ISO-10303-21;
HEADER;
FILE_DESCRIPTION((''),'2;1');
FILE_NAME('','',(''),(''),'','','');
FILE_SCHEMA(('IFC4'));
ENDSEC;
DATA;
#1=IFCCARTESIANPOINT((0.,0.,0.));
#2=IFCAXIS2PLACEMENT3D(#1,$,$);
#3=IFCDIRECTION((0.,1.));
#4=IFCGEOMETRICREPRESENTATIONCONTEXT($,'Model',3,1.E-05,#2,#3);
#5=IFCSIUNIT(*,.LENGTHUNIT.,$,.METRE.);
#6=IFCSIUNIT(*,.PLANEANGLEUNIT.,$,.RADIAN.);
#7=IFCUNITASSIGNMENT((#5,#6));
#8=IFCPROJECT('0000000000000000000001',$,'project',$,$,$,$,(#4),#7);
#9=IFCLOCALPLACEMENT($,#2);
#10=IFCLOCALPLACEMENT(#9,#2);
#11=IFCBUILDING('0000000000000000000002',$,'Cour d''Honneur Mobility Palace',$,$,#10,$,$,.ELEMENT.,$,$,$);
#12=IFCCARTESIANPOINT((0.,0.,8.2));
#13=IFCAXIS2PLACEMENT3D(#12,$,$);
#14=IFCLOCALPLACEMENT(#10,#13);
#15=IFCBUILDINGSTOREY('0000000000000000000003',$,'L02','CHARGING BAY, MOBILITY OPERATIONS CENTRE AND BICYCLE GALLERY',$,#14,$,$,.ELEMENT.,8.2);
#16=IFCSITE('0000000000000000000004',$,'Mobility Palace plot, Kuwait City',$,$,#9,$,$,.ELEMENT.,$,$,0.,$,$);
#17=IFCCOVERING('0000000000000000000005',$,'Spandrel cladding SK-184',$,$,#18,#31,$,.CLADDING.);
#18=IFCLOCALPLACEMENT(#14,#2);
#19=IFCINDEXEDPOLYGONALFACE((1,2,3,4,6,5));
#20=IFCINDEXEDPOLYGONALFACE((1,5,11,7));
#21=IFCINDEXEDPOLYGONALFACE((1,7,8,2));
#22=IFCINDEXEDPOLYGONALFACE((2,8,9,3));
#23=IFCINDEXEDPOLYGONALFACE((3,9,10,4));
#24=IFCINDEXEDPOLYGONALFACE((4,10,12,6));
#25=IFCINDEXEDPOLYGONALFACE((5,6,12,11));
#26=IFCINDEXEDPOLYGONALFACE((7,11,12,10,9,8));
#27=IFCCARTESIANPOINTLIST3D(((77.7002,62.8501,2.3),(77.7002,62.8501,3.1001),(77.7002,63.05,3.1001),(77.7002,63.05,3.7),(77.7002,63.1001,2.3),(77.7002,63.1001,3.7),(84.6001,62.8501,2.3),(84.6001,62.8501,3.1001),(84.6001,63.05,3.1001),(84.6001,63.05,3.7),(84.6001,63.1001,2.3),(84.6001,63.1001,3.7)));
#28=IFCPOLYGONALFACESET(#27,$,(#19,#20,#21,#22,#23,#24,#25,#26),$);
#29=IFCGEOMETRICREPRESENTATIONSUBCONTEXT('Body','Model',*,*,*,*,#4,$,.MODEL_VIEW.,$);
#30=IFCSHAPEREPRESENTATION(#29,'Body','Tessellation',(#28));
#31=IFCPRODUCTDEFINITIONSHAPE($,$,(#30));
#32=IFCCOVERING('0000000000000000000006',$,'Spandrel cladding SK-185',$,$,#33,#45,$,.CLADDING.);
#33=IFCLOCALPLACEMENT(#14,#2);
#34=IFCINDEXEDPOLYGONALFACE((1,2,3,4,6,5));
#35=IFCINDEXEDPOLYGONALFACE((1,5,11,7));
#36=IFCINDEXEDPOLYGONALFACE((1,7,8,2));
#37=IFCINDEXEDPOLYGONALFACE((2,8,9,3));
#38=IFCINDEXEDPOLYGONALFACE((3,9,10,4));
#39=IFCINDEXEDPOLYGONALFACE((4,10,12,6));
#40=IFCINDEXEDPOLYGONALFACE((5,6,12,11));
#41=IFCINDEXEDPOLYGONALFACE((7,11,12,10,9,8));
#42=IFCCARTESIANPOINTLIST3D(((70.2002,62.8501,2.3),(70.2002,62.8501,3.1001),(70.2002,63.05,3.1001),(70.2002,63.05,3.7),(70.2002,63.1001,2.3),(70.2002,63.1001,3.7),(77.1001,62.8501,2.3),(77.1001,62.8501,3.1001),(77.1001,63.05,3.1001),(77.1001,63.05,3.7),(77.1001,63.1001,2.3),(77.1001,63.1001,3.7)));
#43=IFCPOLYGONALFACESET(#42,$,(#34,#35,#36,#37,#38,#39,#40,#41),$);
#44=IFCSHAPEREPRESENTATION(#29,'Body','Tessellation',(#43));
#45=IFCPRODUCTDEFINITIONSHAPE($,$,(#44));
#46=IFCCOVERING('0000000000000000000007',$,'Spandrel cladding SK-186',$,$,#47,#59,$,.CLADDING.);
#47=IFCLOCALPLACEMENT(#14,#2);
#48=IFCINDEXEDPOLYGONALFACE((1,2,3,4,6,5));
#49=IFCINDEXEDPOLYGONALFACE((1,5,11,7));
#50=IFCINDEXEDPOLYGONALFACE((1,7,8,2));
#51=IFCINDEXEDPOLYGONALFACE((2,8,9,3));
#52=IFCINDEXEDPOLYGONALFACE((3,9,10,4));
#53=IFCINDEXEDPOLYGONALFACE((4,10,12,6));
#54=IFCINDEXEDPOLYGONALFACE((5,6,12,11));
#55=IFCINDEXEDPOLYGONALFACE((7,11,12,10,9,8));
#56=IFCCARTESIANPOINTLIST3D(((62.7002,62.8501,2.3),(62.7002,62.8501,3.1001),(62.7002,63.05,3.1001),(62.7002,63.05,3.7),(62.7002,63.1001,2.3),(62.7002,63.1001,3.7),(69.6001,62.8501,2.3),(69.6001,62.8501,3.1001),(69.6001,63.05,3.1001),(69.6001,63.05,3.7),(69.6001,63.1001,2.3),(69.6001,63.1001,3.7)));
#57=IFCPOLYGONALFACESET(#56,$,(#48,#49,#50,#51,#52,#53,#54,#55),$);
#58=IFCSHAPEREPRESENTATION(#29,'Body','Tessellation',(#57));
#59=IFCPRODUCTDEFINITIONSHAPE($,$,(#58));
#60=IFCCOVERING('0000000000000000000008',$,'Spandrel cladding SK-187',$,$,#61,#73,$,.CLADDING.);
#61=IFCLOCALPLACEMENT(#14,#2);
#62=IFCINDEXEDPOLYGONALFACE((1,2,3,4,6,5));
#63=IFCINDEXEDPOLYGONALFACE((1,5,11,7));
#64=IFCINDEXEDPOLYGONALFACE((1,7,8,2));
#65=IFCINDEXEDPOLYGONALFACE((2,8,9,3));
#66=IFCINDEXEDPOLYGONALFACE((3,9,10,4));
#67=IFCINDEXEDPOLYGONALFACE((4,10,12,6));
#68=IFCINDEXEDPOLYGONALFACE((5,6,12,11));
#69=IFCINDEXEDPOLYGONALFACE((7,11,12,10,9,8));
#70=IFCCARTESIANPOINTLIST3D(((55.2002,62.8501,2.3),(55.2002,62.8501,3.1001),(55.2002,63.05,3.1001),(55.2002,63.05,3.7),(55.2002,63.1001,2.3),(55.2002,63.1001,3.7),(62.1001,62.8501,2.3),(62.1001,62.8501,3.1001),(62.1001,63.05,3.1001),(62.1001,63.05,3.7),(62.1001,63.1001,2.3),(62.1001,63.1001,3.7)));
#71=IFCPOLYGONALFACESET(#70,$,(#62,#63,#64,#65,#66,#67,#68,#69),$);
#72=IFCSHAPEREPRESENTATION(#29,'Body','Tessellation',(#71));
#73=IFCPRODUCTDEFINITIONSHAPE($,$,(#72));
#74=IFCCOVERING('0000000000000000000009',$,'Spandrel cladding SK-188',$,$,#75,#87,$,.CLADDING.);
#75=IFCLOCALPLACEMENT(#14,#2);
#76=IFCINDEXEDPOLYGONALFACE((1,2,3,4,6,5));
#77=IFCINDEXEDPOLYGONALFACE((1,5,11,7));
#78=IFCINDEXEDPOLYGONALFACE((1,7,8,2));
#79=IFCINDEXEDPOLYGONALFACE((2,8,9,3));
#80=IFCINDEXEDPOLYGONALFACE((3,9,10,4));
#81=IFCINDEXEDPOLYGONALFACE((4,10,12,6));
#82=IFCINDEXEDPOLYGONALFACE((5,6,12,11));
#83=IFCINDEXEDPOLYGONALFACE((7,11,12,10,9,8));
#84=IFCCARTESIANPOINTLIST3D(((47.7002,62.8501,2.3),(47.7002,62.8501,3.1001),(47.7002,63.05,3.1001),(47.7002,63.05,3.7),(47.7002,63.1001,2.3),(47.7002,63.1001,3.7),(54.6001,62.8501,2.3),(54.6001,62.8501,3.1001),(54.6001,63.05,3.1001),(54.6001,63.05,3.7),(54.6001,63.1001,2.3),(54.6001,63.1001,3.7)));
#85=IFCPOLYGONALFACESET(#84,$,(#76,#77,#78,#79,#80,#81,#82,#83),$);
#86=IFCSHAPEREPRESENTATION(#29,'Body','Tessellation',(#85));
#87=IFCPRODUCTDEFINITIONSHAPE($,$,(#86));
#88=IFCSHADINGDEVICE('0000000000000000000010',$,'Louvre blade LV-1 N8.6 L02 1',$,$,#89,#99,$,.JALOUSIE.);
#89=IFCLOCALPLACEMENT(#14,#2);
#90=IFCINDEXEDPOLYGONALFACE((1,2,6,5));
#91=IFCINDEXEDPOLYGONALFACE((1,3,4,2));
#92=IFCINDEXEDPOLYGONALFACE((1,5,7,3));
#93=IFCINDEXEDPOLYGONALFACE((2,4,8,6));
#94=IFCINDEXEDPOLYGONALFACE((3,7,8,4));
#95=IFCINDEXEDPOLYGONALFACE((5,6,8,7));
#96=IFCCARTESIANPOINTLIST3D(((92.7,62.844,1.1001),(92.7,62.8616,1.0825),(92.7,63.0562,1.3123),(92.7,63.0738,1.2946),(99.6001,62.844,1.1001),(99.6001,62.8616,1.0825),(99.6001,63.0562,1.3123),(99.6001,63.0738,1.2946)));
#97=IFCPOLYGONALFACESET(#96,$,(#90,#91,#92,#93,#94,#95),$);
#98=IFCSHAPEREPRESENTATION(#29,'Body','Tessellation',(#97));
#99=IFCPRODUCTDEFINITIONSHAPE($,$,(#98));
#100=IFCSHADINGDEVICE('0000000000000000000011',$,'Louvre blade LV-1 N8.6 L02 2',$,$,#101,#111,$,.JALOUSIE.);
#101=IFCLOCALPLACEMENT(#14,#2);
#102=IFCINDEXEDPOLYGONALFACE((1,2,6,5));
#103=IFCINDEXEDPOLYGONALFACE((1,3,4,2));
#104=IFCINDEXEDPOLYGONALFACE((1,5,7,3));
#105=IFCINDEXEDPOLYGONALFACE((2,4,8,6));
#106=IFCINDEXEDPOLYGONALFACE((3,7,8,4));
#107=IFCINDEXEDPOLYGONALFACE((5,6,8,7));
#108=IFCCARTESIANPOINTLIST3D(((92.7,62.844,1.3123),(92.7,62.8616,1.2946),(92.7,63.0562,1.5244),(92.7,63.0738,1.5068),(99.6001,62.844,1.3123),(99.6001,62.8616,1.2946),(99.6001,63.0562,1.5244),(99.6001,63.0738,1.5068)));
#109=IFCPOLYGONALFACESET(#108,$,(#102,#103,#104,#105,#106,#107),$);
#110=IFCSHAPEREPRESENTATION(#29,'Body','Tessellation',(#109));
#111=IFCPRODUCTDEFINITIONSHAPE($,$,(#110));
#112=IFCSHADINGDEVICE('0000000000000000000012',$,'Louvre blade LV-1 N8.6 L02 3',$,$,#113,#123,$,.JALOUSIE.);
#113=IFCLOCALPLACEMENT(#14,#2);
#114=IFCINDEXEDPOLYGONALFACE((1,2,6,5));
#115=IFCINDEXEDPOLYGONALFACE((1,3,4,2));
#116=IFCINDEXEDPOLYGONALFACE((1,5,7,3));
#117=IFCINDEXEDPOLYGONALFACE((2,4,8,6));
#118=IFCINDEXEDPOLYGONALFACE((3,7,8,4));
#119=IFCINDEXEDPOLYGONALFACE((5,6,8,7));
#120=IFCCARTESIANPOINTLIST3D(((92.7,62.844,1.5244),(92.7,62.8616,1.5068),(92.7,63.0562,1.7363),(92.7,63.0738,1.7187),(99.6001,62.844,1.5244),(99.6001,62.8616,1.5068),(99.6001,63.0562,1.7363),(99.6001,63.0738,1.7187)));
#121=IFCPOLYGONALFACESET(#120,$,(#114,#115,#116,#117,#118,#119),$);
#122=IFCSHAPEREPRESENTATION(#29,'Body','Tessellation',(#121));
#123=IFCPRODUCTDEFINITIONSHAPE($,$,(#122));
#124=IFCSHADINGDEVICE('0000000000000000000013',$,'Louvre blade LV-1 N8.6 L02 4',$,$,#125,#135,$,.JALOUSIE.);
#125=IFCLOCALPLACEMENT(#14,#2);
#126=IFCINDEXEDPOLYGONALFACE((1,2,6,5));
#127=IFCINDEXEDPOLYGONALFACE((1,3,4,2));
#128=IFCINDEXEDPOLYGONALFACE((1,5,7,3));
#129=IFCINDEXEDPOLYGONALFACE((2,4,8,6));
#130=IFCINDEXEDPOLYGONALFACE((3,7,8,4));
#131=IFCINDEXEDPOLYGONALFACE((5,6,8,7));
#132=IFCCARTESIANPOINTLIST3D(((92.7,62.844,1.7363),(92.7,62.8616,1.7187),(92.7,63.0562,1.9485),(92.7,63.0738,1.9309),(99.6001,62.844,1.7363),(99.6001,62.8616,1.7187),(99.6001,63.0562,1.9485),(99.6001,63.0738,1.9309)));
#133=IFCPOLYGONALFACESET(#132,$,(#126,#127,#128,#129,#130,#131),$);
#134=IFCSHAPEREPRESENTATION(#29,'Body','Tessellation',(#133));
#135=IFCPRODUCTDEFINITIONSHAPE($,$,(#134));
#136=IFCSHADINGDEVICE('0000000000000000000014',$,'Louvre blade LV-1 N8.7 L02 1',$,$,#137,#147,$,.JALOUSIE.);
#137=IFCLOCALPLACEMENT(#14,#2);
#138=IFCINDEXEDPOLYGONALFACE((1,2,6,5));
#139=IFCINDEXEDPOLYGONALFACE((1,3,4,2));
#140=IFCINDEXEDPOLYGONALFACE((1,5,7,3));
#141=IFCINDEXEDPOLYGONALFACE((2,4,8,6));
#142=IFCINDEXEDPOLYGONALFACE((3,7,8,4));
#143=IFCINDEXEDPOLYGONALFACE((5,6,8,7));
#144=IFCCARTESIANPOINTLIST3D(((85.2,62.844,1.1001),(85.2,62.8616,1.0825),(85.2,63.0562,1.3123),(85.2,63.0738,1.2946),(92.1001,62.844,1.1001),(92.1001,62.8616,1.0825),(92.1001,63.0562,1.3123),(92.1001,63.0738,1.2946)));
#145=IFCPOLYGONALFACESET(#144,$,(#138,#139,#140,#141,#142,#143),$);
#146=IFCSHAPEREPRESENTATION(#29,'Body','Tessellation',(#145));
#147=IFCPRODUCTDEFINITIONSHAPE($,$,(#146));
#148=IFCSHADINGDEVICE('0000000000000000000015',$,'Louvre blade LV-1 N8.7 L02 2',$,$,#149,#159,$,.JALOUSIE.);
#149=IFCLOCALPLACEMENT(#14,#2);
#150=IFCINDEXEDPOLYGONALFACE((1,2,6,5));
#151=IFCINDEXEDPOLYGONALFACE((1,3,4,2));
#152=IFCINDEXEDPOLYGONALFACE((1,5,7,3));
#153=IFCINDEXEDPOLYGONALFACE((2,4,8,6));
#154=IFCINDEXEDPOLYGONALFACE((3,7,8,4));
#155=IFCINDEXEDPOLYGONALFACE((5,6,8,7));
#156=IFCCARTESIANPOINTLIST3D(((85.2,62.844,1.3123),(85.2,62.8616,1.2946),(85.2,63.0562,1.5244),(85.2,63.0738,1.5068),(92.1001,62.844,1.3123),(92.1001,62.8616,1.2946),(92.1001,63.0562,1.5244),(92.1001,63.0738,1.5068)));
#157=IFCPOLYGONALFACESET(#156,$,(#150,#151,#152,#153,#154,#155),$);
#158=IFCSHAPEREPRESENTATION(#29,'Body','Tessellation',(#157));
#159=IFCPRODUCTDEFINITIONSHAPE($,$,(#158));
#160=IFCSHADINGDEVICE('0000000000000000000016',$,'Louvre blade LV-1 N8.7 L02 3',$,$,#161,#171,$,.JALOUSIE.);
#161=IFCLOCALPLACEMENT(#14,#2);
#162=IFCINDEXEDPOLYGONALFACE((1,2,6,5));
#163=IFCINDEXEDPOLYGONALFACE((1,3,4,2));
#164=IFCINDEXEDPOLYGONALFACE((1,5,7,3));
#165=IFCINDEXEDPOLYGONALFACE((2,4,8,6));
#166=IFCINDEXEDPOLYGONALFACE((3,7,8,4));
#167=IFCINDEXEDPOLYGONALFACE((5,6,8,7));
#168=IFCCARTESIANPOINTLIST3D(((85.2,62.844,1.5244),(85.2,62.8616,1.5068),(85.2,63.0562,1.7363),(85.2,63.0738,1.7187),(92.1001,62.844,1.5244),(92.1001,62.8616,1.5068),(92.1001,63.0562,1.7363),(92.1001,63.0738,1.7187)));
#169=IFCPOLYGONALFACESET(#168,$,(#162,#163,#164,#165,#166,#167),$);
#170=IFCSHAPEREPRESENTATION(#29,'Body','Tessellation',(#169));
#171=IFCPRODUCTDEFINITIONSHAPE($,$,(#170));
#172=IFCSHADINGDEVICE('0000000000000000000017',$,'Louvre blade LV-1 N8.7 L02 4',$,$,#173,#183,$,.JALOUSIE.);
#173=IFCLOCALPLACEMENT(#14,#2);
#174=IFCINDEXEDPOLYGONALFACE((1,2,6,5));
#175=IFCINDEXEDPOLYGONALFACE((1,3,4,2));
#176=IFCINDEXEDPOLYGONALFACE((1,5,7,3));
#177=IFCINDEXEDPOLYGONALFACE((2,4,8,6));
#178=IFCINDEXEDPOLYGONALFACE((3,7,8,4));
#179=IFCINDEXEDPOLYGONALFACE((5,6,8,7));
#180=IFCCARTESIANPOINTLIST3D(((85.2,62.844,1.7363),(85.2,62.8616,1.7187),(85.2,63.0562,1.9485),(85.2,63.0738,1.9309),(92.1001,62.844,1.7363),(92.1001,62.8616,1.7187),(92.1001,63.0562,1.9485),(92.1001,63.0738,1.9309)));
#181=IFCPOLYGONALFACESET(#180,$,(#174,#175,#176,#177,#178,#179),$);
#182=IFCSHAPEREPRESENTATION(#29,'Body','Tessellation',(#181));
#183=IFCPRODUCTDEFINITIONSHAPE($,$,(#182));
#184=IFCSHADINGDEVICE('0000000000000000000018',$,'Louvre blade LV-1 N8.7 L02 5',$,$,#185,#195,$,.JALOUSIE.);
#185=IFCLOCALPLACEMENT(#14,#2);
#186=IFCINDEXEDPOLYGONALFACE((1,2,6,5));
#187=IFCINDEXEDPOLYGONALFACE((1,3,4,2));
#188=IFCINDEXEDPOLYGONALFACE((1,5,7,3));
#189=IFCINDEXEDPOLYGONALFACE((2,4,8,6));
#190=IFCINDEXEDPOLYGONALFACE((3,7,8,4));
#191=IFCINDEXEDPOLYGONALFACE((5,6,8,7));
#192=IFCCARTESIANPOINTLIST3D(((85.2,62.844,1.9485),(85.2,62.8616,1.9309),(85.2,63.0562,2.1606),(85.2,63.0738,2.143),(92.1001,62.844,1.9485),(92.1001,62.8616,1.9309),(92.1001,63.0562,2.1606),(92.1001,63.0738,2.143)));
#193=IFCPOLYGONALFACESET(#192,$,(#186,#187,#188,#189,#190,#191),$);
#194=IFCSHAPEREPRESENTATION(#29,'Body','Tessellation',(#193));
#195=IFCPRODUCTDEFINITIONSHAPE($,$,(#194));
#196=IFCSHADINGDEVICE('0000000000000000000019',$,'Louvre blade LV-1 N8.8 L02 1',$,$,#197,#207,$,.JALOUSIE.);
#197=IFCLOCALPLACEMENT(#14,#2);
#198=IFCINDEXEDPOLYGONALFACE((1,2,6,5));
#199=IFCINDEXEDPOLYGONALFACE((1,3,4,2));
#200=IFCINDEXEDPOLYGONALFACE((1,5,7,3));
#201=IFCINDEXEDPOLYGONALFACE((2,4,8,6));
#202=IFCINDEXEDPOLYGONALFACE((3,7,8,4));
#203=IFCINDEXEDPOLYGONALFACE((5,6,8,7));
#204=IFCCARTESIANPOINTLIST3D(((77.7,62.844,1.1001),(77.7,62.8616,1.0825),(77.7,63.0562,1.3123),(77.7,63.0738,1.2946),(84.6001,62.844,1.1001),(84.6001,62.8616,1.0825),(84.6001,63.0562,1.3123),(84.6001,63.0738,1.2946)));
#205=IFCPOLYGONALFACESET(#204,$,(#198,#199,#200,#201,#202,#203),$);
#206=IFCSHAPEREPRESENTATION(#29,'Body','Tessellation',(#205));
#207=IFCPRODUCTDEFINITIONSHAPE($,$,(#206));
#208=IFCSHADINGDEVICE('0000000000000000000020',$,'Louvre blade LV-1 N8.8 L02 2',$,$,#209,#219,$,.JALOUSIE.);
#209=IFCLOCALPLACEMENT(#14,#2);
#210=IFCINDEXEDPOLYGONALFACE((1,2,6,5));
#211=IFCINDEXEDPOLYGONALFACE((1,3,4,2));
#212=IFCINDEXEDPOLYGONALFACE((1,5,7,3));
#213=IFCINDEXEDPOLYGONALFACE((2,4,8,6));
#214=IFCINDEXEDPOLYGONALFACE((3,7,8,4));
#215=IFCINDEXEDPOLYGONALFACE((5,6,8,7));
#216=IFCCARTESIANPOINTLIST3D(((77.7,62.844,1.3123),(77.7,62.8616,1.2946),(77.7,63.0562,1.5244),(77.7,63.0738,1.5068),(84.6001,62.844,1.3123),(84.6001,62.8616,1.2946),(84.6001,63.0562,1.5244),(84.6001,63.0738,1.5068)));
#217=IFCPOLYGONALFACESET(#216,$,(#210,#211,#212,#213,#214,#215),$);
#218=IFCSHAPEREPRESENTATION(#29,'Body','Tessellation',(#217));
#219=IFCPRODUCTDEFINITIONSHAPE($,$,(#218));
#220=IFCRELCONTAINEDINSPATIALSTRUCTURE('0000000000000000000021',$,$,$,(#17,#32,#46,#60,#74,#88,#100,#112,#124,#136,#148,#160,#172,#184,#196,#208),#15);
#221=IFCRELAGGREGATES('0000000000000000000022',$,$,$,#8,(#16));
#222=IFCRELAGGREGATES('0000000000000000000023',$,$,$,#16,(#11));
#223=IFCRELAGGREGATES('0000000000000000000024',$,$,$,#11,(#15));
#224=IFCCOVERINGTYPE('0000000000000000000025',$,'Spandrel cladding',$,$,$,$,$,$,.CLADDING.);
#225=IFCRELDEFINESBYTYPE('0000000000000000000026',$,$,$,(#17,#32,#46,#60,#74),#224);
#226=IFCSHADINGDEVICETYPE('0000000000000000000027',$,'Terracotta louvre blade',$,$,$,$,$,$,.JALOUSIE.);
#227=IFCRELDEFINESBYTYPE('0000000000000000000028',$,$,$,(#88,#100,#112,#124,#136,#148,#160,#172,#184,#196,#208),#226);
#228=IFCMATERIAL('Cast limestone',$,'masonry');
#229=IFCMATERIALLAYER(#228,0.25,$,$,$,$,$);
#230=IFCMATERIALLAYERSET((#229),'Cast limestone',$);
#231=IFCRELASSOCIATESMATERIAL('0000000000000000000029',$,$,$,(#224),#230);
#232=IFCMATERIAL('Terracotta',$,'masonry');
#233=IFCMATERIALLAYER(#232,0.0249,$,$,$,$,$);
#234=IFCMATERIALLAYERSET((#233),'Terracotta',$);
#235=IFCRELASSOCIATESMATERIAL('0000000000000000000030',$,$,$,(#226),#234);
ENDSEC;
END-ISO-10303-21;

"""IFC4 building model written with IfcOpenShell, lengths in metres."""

from ifc_helpers import new_model, si_unit, direction, frame, origin, place, context, subcontext, project, spatial, polyline, outline, extrude, material, layer, layer_set, type_object, element, save


model = new_model("IFC4")

# Units and contexts
model_context = context("Model", 3, precision=1e-05, world=origin(), true_north=direction((0.0, 1.0)))
body_context = subcontext(model_context, "Body", "Model", "MODEL_VIEW")
ifc_project = project(units=[si_unit("LENGTHUNIT", "METRE"), si_unit("PLANEANGLEUNIT", "RADIAN")], contexts=[model_context])

# Site, building, storey
site_placement = place(None, origin())
site = spatial("IfcSite", under=ifc_project, at=site_placement, Name="Mobility Palace plot, Kuwait City", CompositionType="ELEMENT", RefElevation=0.0)
building_placement = place(site_placement, origin())
building = spatial("IfcBuilding", under=site, at=building_placement, Name="Cour d'Honneur Mobility Palace", CompositionType="ELEMENT")
storey_placement = place(building_placement, frame((0.0, 0.0, 8.2)))
storey = spatial("IfcBuildingStorey", under=building, at=storey_placement, Name="L02", Description="CHARGING BAY, MOBILITY OPERATIONS CENTRE AND BICYCLE GALLERY", CompositionType="ELEMENT", Elevation=8.2)

# Coverings
ifc_material_1 = material(Name="Cast limestone", Category="masonry")
ifc_layer_1 = layer(ifc_material_1, 0.25)
ifc_layer_set_1 = layer_set([ifc_layer_1], Name="Cast limestone")
covering_type = type_object("IfcCoveringType", Name="Spandrel cladding", PredefinedType="CLADDING", material=ifc_layer_set_1)
for number, where, z_axis, x_axis, name in (
    (1, (84.6001, 62.8501, 2.3), (1.0, 0.0, 0.0), (0.0, 1.0, 0.0), "Spandrel cladding SK-184"),
    (2, (77.1001, 62.8501, 2.3), (1.0, 0.0, 0.0), (0.0, 1.0, 0.0), "Spandrel cladding SK-185"),
    (3, (69.6001, 62.8501, 2.3), (1.0, 0.0, 0.0), (0.0, 1.0, 0.0), "Spandrel cladding SK-186"),
    (4, (62.1001, 62.8501, 2.3), (1.0, 0.0, 0.0), (0.0, 1.0, 0.0), "Spandrel cladding SK-187"),
    (5, (54.6001, 62.8501, 2.3), (1.0, 0.0, 0.0), (0.0, 1.0, 0.0), "Spandrel cladding SK-188"),
):
    element("IfcCovering", number, at=place(storey_placement, frame(where, z_axis=z_axis, x_axis=x_axis)), inside=storey, type_object=covering_type, Name=name, PredefinedType="CLADDING", context=body_context, shape_type="SweptSolid", body=[
        extrude(outline(polyline([(0.0, 0.0), (0.25, 0.0), (0.25, 1.3999), (0.2, 1.3999), (0.2, 0.8), (0.0, 0.8), (0.0, 0.0)])), origin(), (0.0, 0.0, -1.0), 6.8999),
    ])

# Shading devices
ifc_material_2 = material(Name="Terracotta", Category="masonry")
ifc_layer_2 = layer(ifc_material_2, 0.0249)
ifc_layer_set_2 = layer_set([ifc_layer_2], Name="Terracotta")
shading_device_type = type_object("IfcShadingDeviceType", Name="Terracotta louvre blade", PredefinedType="JALOUSIE", material=ifc_layer_set_2)
for number, where, z_axis, x_axis, name in (
    (6, (99.6001, 62.844, 1.1001), (0.0, -0.707107, 0.707107), (-1.0, 0.0, 0.0), "Louvre blade LV-1 N8.6 L02 1"),
    (7, (99.6001, 62.844, 1.3123), (0.0, -0.707107, 0.707107), (-1.0, 0.0, 0.0), "Louvre blade LV-1 N8.6 L02 2"),
):
    element("IfcShadingDevice", number, at=place(storey_placement, frame(where, z_axis=z_axis, x_axis=x_axis)), inside=storey, type_object=shading_device_type, Name=name, PredefinedType="JALOUSIE", context=body_context, shape_type="SweptSolid", body=[
        extrude(outline(polyline([(0.0, 0.0), (6.9001, 0.0), (6.9001, -0.3), (0.0, -0.3), (0.0, 0.0)])), origin(), (0.0, 0.0, -1.0), 0.0249),
    ])
shading_device_1_placement = place(storey_placement, frame((99.6001, 62.844, 1.5244), z_axis=(0.0, -0.7067, 0.707514), x_axis=(-1.0, 0.0, 0.0)))
element("IfcShadingDevice", 8, at=shading_device_1_placement, inside=storey, type_object=shading_device_type, Name="Louvre blade LV-1 N8.6 L02 3", PredefinedType="JALOUSIE", context=body_context, shape_type="SweptSolid", body=[
    extrude(outline(polyline([(0.0, 0.0), (6.9001, 0.0), (6.9001, -0.2999), (0.0, -0.2999), (0.0, 0.0)])), origin(), (0.0, 0.0, -1.0), 0.0249),
])
for number, where, z_axis, x_axis, name in (
    (9, (99.6001, 62.844, 1.7363), (0.0, -0.707107, 0.707107), (-1.0, 0.0, 0.0), "Louvre blade LV-1 N8.6 L02 4"),
    (10, (92.1001, 62.844, 1.1001), (0.0, -0.707107, 0.707107), (-1.0, 0.0, 0.0), "Louvre blade LV-1 N8.7 L02 1"),
    (11, (92.1001, 62.844, 1.3123), (0.0, -0.707107, 0.707107), (-1.0, 0.0, 0.0), "Louvre blade LV-1 N8.7 L02 2"),
):
    element("IfcShadingDevice", number, at=place(storey_placement, frame(where, z_axis=z_axis, x_axis=x_axis)), inside=storey, type_object=shading_device_type, Name=name, PredefinedType="JALOUSIE", context=body_context, shape_type="SweptSolid", body=[
        extrude(outline(polyline([(0.0, 0.0), (6.9001, 0.0), (6.9001, -0.3), (0.0, -0.3), (0.0, 0.0)])), origin(), (0.0, 0.0, -1.0), 0.0249),
    ])
shading_device_2_placement = place(storey_placement, frame((92.1001, 62.844, 1.5244), z_axis=(0.0, -0.7067, 0.707514), x_axis=(-1.0, 0.0, 0.0)))
element("IfcShadingDevice", 12, at=shading_device_2_placement, inside=storey, type_object=shading_device_type, Name="Louvre blade LV-1 N8.7 L02 3", PredefinedType="JALOUSIE", context=body_context, shape_type="SweptSolid", body=[
    extrude(outline(polyline([(0.0, 0.0), (6.9001, 0.0), (6.9001, -0.2999), (0.0, -0.2999), (0.0, 0.0)])), origin(), (0.0, 0.0, -1.0), 0.0249),
])
for number, where, z_axis, x_axis, name in (
    (13, (92.1001, 62.844, 1.7363), (0.0, -0.707107, 0.707107), (-1.0, 0.0, 0.0), "Louvre blade LV-1 N8.7 L02 4"),
    (14, (92.1001, 62.844, 1.9485), (0.0, -0.707107, 0.707107), (-1.0, 0.0, 0.0), "Louvre blade LV-1 N8.7 L02 5"),
    (15, (84.6001, 62.844, 1.1001), (0.0, -0.707107, 0.707107), (-1.0, 0.0, 0.0), "Louvre blade LV-1 N8.8 L02 1"),
    (16, (84.6001, 62.844, 1.3123), (0.0, -0.707107, 0.707107), (-1.0, 0.0, 0.0), "Louvre blade LV-1 N8.8 L02 2"),
):
    element("IfcShadingDevice", number, at=place(storey_placement, frame(where, z_axis=z_axis, x_axis=x_axis)), inside=storey, type_object=shading_device_type, Name=name, PredefinedType="JALOUSIE", context=body_context, shape_type="SweptSolid", body=[
        extrude(outline(polyline([(0.0, 0.0), (6.9001, 0.0), (6.9001, -0.3), (0.0, -0.3), (0.0, 0.0)])), origin(), (0.0, 0.0, -1.0), 0.0249),
    ])

save(model, "model.ifc")
